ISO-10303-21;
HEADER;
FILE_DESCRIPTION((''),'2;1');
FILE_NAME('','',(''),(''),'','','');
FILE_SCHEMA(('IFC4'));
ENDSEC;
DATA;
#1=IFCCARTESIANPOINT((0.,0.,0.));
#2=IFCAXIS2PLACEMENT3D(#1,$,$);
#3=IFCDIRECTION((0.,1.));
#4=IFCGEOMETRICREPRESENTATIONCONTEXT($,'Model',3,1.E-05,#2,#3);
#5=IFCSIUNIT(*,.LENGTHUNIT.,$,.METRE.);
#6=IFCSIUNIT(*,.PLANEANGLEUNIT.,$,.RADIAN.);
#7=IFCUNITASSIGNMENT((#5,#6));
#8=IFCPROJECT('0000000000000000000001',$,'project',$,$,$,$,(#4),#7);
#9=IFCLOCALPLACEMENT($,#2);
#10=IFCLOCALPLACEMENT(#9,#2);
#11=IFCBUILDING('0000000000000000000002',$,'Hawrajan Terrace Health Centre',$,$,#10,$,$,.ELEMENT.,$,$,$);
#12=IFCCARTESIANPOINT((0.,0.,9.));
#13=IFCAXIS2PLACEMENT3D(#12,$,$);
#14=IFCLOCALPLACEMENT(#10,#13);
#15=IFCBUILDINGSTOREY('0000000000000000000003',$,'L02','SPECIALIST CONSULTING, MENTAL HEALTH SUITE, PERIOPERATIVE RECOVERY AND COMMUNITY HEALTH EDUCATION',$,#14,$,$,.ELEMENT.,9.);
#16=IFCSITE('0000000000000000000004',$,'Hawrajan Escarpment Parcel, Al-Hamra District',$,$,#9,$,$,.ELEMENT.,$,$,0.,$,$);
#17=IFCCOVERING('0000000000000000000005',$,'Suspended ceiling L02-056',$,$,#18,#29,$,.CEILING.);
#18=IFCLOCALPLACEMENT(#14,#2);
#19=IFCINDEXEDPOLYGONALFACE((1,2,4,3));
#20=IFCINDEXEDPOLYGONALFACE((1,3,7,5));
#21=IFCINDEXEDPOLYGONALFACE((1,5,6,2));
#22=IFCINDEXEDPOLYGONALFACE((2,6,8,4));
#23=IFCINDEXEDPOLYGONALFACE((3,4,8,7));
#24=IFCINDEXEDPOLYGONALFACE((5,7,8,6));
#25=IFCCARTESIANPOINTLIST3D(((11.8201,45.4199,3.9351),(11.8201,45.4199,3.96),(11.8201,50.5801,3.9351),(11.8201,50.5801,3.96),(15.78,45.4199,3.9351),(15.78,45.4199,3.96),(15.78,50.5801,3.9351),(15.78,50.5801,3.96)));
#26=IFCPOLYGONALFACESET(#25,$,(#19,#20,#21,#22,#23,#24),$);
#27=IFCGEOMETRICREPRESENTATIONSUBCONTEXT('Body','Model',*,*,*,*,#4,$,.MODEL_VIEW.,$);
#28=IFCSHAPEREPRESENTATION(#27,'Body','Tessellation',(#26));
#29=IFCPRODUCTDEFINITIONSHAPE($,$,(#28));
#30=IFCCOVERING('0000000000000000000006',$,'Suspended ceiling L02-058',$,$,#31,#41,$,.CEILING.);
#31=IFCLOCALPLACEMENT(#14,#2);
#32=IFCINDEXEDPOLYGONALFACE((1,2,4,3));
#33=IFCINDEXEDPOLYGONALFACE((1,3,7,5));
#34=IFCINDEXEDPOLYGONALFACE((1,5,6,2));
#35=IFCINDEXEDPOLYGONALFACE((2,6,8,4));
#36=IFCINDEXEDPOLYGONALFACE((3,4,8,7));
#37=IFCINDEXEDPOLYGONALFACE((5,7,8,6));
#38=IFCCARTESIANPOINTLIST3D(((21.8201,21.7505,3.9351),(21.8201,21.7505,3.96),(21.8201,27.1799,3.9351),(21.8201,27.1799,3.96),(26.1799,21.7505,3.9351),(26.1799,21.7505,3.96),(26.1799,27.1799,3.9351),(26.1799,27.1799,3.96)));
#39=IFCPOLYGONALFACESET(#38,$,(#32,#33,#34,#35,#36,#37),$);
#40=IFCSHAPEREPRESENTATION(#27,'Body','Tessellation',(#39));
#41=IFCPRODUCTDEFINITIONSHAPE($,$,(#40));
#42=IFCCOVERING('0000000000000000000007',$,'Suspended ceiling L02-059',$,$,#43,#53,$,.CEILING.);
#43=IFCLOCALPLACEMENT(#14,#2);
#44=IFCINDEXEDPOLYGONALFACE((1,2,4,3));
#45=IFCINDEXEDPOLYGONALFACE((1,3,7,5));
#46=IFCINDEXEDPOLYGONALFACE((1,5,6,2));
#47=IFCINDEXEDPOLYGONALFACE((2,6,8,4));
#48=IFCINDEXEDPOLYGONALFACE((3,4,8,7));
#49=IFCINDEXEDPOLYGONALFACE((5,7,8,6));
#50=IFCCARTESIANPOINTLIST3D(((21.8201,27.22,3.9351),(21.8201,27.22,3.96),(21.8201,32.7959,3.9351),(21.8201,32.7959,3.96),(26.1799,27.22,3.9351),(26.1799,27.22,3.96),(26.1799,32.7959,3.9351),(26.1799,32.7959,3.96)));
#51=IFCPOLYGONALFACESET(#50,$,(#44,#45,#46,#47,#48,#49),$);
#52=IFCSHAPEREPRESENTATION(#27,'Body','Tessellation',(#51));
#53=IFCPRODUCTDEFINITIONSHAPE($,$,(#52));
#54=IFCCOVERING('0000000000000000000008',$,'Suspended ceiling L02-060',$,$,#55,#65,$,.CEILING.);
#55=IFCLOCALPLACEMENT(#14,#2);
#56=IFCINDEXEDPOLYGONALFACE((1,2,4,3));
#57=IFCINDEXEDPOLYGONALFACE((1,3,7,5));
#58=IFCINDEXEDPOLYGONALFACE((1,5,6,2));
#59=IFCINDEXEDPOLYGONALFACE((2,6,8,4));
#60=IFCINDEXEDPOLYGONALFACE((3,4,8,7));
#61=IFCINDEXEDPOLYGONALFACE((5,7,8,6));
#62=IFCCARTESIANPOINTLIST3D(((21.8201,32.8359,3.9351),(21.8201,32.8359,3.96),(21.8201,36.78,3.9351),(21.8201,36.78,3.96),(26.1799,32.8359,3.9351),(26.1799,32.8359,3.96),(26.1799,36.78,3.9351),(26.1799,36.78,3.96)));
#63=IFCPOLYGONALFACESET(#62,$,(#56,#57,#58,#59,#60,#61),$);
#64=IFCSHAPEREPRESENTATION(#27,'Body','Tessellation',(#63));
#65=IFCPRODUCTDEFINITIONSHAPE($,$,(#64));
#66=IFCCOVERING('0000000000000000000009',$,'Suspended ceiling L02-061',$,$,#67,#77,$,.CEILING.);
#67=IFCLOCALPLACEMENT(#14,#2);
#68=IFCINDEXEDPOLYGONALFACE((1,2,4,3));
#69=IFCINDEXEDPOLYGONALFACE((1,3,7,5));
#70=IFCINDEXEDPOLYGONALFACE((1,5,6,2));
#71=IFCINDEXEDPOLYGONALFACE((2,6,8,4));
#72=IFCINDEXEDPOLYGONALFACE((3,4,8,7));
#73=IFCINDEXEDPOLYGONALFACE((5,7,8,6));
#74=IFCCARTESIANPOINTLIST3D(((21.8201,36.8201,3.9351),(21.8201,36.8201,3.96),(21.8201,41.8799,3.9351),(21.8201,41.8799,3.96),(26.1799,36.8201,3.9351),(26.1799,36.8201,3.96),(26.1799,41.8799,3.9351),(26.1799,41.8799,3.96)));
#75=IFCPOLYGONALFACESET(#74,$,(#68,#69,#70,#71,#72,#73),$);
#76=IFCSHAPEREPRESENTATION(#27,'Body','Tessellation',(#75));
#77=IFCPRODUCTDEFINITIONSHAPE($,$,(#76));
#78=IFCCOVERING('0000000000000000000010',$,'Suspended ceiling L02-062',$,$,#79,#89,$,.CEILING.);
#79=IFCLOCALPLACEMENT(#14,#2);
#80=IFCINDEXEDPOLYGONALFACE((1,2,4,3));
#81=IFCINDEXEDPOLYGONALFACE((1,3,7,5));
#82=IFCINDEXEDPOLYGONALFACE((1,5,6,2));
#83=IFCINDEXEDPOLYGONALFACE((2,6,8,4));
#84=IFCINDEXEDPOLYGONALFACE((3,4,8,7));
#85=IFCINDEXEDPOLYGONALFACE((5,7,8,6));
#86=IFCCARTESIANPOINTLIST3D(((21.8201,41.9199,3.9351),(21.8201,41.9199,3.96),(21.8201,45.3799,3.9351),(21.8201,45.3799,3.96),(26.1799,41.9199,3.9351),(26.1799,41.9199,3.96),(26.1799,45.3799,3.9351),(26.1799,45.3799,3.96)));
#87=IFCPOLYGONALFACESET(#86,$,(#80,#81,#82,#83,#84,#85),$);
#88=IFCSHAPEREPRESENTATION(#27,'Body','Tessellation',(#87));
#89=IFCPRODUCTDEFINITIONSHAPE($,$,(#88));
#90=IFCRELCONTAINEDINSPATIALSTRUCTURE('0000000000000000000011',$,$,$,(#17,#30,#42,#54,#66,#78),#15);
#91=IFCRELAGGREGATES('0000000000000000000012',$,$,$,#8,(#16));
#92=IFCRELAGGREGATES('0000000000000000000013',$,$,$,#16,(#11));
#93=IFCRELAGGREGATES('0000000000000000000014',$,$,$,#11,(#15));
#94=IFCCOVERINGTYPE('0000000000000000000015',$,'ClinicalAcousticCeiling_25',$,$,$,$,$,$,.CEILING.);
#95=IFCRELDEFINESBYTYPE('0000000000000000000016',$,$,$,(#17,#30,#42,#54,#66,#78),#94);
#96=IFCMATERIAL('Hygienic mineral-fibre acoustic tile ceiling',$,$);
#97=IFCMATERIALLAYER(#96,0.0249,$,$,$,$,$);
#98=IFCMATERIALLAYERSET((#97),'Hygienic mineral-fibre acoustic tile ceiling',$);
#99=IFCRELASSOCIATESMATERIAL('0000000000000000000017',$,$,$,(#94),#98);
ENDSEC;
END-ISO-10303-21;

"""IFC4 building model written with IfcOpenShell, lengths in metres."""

from ifc_helpers import new_model, si_unit, direction, frame, origin, place, context, subcontext, project, spatial, polyline, outline, extrude, material, layer, layer_set, type_object, element, save


model = new_model("IFC4")

# Units and contexts
model_context = context("Model", 3, precision=1e-05, world=origin(), true_north=direction((0.0, 1.0)))
body_context = subcontext(model_context, "Body", "Model", "MODEL_VIEW")
ifc_project = project(units=[si_unit("LENGTHUNIT", "METRE"), si_unit("PLANEANGLEUNIT", "RADIAN")], contexts=[model_context])

# Site, building, storey
site_placement = place(None, origin())
site = spatial("IfcSite", under=ifc_project, at=site_placement, Name="Hawrajan Escarpment Parcel, Al-Hamra District", CompositionType="ELEMENT", RefElevation=0.0)
building_placement = place(site_placement, origin())
building = spatial("IfcBuilding", under=site, at=building_placement, Name="Hawrajan Terrace Health Centre", CompositionType="ELEMENT")
storey_placement = place(building_placement, frame((0.0, 0.0, 9.0)))
storey = spatial("IfcBuildingStorey", under=building, at=storey_placement, Name="L02", Description="SPECIALIST CONSULTING, MENTAL HEALTH SUITE, PERIOPERATIVE RECOVERY AND COMMUNITY HEALTH EDUCATION", CompositionType="ELEMENT", Elevation=9.0)

# Coverings
ifc_material = material(Name="Hygienic mineral-fibre acoustic tile ceiling")
ifc_layer = layer(ifc_material, 0.0249)
ifc_layer_set = layer_set([ifc_layer], Name="Hygienic mineral-fibre acoustic tile ceiling")
covering_type = type_object("IfcCoveringType", Name="ClinicalAcousticCeiling_25", PredefinedType="CEILING", material=ifc_layer_set)
covering_1_placement = place(storey_placement, frame((0.0, 0.0, 3.9351)))
element("IfcCovering", 1, at=covering_1_placement, inside=storey, type_object=covering_type, Name="Suspended ceiling L02-056", PredefinedType="CEILING", context=body_context, shape_type="SweptSolid", body=[
    extrude(outline(polyline([(11.8201, 50.5801), (15.78, 50.5801), (15.78, 45.4199), (11.8201, 45.4199), (11.8201, 50.5801)])), origin(), (0.0, 0.0, 1.0), 0.0249),
])
covering_2_placement = place(storey_placement, frame((0.0, 0.0, 3.9351)))
element("IfcCovering", 2, at=covering_2_placement, inside=storey, type_object=covering_type, Name="Suspended ceiling L02-058", PredefinedType="CEILING", context=body_context, shape_type="SweptSolid", body=[
    extrude(outline(polyline([(21.8201, 27.1799), (26.1799, 27.1799), (26.1799, 21.7505), (21.8201, 21.7505), (21.8201, 27.1799)])), origin(), (0.0, 0.0, 1.0), 0.0249),
])
covering_3_placement = place(storey_placement, frame((0.0, 0.0, 3.9351)))
element("IfcCovering", 3, at=covering_3_placement, inside=storey, type_object=covering_type, Name="Suspended ceiling L02-059", PredefinedType="CEILING", context=body_context, shape_type="SweptSolid", body=[
    extrude(outline(polyline([(21.8201, 32.7959), (26.1799, 32.7959), (26.1799, 27.22), (21.8201, 27.22), (21.8201, 32.7959)])), origin(), (0.0, 0.0, 1.0), 0.0249),
])
covering_4_placement = place(storey_placement, frame((0.0, 0.0, 3.9351)))
element("IfcCovering", 4, at=covering_4_placement, inside=storey, type_object=covering_type, Name="Suspended ceiling L02-060", PredefinedType="CEILING", context=body_context, shape_type="SweptSolid", body=[
    extrude(outline(polyline([(21.8201, 36.78), (26.1799, 36.78), (26.1799, 32.8359), (21.8201, 32.8359), (21.8201, 36.78)])), origin(), (0.0, 0.0, 1.0), 0.0249),
])
covering_5_placement = place(storey_placement, frame((0.0, 0.0, 3.9351)))
element("IfcCovering", 5, at=covering_5_placement, inside=storey, type_object=covering_type, Name="Suspended ceiling L02-061", PredefinedType="CEILING", context=body_context, shape_type="SweptSolid", body=[
    extrude(outline(polyline([(21.8201, 41.8799), (26.1799, 41.8799), (26.1799, 36.8201), (21.8201, 36.8201), (21.8201, 41.8799)])), origin(), (0.0, 0.0, 1.0), 0.0249),
])
covering_6_placement = place(storey_placement, frame((0.0, 0.0, 3.9351)))
element("IfcCovering", 6, at=covering_6_placement, inside=storey, type_object=covering_type, Name="Suspended ceiling L02-062", PredefinedType="CEILING", context=body_context, shape_type="SweptSolid", body=[
    extrude(outline(polyline([(21.8201, 45.3799), (26.1799, 45.3799), (26.1799, 41.9199), (21.8201, 41.9199), (21.8201, 45.3799)])), origin(), (0.0, 0.0, 1.0), 0.0249),
])

save(model, "model.ifc")
